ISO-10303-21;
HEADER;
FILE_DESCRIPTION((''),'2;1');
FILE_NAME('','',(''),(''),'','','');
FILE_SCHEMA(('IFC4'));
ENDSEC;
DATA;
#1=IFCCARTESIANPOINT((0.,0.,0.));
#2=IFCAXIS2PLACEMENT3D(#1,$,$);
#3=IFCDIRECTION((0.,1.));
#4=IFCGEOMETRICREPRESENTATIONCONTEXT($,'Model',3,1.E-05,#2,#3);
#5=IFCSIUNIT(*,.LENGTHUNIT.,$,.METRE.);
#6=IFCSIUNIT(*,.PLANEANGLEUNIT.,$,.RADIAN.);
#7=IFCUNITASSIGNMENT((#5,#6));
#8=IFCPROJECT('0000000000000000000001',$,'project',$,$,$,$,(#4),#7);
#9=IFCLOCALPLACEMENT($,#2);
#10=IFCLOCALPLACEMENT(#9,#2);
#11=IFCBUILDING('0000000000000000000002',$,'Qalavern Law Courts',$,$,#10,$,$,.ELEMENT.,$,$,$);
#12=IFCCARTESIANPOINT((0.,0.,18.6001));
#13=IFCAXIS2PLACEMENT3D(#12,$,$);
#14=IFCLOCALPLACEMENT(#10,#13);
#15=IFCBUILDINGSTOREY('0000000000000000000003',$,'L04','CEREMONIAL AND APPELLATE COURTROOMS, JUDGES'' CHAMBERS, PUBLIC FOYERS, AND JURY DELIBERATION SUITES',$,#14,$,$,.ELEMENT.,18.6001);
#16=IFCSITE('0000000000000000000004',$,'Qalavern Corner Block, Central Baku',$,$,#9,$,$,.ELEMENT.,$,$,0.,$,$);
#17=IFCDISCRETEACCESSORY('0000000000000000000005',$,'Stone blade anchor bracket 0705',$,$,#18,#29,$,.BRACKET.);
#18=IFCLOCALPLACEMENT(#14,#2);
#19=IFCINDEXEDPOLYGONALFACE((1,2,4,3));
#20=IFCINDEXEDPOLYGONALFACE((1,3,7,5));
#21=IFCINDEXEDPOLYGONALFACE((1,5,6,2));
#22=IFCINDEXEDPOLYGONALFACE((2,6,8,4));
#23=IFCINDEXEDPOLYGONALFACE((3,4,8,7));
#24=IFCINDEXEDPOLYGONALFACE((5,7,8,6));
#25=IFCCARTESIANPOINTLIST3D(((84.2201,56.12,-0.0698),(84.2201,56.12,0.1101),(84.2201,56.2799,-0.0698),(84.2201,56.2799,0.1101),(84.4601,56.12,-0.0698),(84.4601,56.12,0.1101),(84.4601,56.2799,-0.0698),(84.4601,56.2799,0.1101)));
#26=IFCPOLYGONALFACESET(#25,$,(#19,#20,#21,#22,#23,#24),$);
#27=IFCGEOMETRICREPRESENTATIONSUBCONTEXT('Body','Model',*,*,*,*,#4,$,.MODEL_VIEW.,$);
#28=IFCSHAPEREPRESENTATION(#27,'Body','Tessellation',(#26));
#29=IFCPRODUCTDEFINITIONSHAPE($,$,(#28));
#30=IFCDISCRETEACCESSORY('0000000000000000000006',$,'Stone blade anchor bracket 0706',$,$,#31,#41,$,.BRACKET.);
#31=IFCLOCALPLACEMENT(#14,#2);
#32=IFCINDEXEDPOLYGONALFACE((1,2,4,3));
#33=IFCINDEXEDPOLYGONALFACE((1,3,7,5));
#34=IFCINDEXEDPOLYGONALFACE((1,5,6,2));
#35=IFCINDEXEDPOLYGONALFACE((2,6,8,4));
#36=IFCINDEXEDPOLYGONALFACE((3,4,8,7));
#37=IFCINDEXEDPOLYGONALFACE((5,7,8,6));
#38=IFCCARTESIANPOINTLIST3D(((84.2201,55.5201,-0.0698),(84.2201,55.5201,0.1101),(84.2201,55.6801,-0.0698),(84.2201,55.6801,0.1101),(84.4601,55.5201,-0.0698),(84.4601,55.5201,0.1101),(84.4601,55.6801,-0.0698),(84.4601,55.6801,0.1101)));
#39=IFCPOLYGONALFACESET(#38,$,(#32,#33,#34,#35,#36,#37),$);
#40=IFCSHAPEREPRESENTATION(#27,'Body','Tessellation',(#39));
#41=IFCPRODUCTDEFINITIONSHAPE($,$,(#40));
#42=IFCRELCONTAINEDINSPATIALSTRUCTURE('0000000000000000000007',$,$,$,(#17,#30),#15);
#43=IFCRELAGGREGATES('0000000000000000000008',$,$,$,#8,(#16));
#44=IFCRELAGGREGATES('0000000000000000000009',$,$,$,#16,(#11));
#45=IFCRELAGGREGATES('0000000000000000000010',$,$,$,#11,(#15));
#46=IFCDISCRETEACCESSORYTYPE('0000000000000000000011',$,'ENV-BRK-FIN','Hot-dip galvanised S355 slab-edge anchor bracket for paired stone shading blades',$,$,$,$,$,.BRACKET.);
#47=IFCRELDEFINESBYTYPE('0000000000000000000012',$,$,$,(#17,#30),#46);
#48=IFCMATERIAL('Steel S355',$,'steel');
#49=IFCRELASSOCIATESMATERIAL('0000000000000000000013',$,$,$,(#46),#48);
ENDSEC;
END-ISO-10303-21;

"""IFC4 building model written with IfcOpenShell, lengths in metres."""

from ifc_helpers import new_model, si_unit, direction, frame, origin, origin_2d, place, context, subcontext, project, spatial, rectangle, extrude, material, type_object, element, save


model = new_model("IFC4")

# Units and contexts
model_context = context("Model", 3, precision=1e-05, world=origin(), true_north=direction((0.0, 1.0)))
body_context = subcontext(model_context, "Body", "Model", "MODEL_VIEW")
ifc_project = project(units=[si_unit("LENGTHUNIT", "METRE"), si_unit("PLANEANGLEUNIT", "RADIAN")], contexts=[model_context])

# Site, building, storey
site_placement = place(None, origin())
site = spatial("IfcSite", under=ifc_project, at=site_placement, Name="Qalavern Corner Block, Central Baku", CompositionType="ELEMENT", RefElevation=0.0)
building_placement = place(site_placement, origin())
building = spatial("IfcBuilding", under=site, at=building_placement, Name="Qalavern Law Courts", CompositionType="ELEMENT")
storey_placement = place(building_placement, frame((0.0, 0.0, 18.6001)))
storey = spatial("IfcBuildingStorey", under=building, at=storey_placement, Name="L04", Description="CEREMONIAL AND APPELLATE COURTROOMS, JUDGES' CHAMBERS, PUBLIC FOYERS, AND JURY DELIBERATION SUITES", CompositionType="ELEMENT", Elevation=18.6001)

# Shared definitions
ifc_material_1 = material(Name="Steel S355", Category="steel")

# Discrete accessories
discrete_accessory_type = type_object("IfcDiscreteAccessoryType", Name="ENV-BRK-FIN", Description="Hot-dip galvanised S355 slab-edge anchor bracket for paired stone shading blades", PredefinedType="BRACKET", material=ifc_material_1)
for number, where, z_axis, x_axis, name in (
    (1, (84.3401, 56.2, -0.0698), (0.0, 0.0, 1.0), (-1.0, 0.0, 0.0), "Stone blade anchor bracket 0705"),
    (2, (84.3401, 55.6001, -0.0698), (0.0, 0.0, 1.0), (-1.0, 0.0, 0.0), "Stone blade anchor bracket 0706"),
):
    element("IfcDiscreteAccessory", number, at=place(storey_placement, frame(where, z_axis=z_axis, x_axis=x_axis)), inside=storey, type_object=discrete_accessory_type, Name=name, PredefinedType="BRACKET", context=body_context, shape_type="SweptSolid", body=[
        extrude(rectangle(XDim=0.24, YDim=0.1599, at=origin_2d()), origin(), (0.0, 0.0, 1.0), 0.1799),
    ])

save(model, "model.ifc")
